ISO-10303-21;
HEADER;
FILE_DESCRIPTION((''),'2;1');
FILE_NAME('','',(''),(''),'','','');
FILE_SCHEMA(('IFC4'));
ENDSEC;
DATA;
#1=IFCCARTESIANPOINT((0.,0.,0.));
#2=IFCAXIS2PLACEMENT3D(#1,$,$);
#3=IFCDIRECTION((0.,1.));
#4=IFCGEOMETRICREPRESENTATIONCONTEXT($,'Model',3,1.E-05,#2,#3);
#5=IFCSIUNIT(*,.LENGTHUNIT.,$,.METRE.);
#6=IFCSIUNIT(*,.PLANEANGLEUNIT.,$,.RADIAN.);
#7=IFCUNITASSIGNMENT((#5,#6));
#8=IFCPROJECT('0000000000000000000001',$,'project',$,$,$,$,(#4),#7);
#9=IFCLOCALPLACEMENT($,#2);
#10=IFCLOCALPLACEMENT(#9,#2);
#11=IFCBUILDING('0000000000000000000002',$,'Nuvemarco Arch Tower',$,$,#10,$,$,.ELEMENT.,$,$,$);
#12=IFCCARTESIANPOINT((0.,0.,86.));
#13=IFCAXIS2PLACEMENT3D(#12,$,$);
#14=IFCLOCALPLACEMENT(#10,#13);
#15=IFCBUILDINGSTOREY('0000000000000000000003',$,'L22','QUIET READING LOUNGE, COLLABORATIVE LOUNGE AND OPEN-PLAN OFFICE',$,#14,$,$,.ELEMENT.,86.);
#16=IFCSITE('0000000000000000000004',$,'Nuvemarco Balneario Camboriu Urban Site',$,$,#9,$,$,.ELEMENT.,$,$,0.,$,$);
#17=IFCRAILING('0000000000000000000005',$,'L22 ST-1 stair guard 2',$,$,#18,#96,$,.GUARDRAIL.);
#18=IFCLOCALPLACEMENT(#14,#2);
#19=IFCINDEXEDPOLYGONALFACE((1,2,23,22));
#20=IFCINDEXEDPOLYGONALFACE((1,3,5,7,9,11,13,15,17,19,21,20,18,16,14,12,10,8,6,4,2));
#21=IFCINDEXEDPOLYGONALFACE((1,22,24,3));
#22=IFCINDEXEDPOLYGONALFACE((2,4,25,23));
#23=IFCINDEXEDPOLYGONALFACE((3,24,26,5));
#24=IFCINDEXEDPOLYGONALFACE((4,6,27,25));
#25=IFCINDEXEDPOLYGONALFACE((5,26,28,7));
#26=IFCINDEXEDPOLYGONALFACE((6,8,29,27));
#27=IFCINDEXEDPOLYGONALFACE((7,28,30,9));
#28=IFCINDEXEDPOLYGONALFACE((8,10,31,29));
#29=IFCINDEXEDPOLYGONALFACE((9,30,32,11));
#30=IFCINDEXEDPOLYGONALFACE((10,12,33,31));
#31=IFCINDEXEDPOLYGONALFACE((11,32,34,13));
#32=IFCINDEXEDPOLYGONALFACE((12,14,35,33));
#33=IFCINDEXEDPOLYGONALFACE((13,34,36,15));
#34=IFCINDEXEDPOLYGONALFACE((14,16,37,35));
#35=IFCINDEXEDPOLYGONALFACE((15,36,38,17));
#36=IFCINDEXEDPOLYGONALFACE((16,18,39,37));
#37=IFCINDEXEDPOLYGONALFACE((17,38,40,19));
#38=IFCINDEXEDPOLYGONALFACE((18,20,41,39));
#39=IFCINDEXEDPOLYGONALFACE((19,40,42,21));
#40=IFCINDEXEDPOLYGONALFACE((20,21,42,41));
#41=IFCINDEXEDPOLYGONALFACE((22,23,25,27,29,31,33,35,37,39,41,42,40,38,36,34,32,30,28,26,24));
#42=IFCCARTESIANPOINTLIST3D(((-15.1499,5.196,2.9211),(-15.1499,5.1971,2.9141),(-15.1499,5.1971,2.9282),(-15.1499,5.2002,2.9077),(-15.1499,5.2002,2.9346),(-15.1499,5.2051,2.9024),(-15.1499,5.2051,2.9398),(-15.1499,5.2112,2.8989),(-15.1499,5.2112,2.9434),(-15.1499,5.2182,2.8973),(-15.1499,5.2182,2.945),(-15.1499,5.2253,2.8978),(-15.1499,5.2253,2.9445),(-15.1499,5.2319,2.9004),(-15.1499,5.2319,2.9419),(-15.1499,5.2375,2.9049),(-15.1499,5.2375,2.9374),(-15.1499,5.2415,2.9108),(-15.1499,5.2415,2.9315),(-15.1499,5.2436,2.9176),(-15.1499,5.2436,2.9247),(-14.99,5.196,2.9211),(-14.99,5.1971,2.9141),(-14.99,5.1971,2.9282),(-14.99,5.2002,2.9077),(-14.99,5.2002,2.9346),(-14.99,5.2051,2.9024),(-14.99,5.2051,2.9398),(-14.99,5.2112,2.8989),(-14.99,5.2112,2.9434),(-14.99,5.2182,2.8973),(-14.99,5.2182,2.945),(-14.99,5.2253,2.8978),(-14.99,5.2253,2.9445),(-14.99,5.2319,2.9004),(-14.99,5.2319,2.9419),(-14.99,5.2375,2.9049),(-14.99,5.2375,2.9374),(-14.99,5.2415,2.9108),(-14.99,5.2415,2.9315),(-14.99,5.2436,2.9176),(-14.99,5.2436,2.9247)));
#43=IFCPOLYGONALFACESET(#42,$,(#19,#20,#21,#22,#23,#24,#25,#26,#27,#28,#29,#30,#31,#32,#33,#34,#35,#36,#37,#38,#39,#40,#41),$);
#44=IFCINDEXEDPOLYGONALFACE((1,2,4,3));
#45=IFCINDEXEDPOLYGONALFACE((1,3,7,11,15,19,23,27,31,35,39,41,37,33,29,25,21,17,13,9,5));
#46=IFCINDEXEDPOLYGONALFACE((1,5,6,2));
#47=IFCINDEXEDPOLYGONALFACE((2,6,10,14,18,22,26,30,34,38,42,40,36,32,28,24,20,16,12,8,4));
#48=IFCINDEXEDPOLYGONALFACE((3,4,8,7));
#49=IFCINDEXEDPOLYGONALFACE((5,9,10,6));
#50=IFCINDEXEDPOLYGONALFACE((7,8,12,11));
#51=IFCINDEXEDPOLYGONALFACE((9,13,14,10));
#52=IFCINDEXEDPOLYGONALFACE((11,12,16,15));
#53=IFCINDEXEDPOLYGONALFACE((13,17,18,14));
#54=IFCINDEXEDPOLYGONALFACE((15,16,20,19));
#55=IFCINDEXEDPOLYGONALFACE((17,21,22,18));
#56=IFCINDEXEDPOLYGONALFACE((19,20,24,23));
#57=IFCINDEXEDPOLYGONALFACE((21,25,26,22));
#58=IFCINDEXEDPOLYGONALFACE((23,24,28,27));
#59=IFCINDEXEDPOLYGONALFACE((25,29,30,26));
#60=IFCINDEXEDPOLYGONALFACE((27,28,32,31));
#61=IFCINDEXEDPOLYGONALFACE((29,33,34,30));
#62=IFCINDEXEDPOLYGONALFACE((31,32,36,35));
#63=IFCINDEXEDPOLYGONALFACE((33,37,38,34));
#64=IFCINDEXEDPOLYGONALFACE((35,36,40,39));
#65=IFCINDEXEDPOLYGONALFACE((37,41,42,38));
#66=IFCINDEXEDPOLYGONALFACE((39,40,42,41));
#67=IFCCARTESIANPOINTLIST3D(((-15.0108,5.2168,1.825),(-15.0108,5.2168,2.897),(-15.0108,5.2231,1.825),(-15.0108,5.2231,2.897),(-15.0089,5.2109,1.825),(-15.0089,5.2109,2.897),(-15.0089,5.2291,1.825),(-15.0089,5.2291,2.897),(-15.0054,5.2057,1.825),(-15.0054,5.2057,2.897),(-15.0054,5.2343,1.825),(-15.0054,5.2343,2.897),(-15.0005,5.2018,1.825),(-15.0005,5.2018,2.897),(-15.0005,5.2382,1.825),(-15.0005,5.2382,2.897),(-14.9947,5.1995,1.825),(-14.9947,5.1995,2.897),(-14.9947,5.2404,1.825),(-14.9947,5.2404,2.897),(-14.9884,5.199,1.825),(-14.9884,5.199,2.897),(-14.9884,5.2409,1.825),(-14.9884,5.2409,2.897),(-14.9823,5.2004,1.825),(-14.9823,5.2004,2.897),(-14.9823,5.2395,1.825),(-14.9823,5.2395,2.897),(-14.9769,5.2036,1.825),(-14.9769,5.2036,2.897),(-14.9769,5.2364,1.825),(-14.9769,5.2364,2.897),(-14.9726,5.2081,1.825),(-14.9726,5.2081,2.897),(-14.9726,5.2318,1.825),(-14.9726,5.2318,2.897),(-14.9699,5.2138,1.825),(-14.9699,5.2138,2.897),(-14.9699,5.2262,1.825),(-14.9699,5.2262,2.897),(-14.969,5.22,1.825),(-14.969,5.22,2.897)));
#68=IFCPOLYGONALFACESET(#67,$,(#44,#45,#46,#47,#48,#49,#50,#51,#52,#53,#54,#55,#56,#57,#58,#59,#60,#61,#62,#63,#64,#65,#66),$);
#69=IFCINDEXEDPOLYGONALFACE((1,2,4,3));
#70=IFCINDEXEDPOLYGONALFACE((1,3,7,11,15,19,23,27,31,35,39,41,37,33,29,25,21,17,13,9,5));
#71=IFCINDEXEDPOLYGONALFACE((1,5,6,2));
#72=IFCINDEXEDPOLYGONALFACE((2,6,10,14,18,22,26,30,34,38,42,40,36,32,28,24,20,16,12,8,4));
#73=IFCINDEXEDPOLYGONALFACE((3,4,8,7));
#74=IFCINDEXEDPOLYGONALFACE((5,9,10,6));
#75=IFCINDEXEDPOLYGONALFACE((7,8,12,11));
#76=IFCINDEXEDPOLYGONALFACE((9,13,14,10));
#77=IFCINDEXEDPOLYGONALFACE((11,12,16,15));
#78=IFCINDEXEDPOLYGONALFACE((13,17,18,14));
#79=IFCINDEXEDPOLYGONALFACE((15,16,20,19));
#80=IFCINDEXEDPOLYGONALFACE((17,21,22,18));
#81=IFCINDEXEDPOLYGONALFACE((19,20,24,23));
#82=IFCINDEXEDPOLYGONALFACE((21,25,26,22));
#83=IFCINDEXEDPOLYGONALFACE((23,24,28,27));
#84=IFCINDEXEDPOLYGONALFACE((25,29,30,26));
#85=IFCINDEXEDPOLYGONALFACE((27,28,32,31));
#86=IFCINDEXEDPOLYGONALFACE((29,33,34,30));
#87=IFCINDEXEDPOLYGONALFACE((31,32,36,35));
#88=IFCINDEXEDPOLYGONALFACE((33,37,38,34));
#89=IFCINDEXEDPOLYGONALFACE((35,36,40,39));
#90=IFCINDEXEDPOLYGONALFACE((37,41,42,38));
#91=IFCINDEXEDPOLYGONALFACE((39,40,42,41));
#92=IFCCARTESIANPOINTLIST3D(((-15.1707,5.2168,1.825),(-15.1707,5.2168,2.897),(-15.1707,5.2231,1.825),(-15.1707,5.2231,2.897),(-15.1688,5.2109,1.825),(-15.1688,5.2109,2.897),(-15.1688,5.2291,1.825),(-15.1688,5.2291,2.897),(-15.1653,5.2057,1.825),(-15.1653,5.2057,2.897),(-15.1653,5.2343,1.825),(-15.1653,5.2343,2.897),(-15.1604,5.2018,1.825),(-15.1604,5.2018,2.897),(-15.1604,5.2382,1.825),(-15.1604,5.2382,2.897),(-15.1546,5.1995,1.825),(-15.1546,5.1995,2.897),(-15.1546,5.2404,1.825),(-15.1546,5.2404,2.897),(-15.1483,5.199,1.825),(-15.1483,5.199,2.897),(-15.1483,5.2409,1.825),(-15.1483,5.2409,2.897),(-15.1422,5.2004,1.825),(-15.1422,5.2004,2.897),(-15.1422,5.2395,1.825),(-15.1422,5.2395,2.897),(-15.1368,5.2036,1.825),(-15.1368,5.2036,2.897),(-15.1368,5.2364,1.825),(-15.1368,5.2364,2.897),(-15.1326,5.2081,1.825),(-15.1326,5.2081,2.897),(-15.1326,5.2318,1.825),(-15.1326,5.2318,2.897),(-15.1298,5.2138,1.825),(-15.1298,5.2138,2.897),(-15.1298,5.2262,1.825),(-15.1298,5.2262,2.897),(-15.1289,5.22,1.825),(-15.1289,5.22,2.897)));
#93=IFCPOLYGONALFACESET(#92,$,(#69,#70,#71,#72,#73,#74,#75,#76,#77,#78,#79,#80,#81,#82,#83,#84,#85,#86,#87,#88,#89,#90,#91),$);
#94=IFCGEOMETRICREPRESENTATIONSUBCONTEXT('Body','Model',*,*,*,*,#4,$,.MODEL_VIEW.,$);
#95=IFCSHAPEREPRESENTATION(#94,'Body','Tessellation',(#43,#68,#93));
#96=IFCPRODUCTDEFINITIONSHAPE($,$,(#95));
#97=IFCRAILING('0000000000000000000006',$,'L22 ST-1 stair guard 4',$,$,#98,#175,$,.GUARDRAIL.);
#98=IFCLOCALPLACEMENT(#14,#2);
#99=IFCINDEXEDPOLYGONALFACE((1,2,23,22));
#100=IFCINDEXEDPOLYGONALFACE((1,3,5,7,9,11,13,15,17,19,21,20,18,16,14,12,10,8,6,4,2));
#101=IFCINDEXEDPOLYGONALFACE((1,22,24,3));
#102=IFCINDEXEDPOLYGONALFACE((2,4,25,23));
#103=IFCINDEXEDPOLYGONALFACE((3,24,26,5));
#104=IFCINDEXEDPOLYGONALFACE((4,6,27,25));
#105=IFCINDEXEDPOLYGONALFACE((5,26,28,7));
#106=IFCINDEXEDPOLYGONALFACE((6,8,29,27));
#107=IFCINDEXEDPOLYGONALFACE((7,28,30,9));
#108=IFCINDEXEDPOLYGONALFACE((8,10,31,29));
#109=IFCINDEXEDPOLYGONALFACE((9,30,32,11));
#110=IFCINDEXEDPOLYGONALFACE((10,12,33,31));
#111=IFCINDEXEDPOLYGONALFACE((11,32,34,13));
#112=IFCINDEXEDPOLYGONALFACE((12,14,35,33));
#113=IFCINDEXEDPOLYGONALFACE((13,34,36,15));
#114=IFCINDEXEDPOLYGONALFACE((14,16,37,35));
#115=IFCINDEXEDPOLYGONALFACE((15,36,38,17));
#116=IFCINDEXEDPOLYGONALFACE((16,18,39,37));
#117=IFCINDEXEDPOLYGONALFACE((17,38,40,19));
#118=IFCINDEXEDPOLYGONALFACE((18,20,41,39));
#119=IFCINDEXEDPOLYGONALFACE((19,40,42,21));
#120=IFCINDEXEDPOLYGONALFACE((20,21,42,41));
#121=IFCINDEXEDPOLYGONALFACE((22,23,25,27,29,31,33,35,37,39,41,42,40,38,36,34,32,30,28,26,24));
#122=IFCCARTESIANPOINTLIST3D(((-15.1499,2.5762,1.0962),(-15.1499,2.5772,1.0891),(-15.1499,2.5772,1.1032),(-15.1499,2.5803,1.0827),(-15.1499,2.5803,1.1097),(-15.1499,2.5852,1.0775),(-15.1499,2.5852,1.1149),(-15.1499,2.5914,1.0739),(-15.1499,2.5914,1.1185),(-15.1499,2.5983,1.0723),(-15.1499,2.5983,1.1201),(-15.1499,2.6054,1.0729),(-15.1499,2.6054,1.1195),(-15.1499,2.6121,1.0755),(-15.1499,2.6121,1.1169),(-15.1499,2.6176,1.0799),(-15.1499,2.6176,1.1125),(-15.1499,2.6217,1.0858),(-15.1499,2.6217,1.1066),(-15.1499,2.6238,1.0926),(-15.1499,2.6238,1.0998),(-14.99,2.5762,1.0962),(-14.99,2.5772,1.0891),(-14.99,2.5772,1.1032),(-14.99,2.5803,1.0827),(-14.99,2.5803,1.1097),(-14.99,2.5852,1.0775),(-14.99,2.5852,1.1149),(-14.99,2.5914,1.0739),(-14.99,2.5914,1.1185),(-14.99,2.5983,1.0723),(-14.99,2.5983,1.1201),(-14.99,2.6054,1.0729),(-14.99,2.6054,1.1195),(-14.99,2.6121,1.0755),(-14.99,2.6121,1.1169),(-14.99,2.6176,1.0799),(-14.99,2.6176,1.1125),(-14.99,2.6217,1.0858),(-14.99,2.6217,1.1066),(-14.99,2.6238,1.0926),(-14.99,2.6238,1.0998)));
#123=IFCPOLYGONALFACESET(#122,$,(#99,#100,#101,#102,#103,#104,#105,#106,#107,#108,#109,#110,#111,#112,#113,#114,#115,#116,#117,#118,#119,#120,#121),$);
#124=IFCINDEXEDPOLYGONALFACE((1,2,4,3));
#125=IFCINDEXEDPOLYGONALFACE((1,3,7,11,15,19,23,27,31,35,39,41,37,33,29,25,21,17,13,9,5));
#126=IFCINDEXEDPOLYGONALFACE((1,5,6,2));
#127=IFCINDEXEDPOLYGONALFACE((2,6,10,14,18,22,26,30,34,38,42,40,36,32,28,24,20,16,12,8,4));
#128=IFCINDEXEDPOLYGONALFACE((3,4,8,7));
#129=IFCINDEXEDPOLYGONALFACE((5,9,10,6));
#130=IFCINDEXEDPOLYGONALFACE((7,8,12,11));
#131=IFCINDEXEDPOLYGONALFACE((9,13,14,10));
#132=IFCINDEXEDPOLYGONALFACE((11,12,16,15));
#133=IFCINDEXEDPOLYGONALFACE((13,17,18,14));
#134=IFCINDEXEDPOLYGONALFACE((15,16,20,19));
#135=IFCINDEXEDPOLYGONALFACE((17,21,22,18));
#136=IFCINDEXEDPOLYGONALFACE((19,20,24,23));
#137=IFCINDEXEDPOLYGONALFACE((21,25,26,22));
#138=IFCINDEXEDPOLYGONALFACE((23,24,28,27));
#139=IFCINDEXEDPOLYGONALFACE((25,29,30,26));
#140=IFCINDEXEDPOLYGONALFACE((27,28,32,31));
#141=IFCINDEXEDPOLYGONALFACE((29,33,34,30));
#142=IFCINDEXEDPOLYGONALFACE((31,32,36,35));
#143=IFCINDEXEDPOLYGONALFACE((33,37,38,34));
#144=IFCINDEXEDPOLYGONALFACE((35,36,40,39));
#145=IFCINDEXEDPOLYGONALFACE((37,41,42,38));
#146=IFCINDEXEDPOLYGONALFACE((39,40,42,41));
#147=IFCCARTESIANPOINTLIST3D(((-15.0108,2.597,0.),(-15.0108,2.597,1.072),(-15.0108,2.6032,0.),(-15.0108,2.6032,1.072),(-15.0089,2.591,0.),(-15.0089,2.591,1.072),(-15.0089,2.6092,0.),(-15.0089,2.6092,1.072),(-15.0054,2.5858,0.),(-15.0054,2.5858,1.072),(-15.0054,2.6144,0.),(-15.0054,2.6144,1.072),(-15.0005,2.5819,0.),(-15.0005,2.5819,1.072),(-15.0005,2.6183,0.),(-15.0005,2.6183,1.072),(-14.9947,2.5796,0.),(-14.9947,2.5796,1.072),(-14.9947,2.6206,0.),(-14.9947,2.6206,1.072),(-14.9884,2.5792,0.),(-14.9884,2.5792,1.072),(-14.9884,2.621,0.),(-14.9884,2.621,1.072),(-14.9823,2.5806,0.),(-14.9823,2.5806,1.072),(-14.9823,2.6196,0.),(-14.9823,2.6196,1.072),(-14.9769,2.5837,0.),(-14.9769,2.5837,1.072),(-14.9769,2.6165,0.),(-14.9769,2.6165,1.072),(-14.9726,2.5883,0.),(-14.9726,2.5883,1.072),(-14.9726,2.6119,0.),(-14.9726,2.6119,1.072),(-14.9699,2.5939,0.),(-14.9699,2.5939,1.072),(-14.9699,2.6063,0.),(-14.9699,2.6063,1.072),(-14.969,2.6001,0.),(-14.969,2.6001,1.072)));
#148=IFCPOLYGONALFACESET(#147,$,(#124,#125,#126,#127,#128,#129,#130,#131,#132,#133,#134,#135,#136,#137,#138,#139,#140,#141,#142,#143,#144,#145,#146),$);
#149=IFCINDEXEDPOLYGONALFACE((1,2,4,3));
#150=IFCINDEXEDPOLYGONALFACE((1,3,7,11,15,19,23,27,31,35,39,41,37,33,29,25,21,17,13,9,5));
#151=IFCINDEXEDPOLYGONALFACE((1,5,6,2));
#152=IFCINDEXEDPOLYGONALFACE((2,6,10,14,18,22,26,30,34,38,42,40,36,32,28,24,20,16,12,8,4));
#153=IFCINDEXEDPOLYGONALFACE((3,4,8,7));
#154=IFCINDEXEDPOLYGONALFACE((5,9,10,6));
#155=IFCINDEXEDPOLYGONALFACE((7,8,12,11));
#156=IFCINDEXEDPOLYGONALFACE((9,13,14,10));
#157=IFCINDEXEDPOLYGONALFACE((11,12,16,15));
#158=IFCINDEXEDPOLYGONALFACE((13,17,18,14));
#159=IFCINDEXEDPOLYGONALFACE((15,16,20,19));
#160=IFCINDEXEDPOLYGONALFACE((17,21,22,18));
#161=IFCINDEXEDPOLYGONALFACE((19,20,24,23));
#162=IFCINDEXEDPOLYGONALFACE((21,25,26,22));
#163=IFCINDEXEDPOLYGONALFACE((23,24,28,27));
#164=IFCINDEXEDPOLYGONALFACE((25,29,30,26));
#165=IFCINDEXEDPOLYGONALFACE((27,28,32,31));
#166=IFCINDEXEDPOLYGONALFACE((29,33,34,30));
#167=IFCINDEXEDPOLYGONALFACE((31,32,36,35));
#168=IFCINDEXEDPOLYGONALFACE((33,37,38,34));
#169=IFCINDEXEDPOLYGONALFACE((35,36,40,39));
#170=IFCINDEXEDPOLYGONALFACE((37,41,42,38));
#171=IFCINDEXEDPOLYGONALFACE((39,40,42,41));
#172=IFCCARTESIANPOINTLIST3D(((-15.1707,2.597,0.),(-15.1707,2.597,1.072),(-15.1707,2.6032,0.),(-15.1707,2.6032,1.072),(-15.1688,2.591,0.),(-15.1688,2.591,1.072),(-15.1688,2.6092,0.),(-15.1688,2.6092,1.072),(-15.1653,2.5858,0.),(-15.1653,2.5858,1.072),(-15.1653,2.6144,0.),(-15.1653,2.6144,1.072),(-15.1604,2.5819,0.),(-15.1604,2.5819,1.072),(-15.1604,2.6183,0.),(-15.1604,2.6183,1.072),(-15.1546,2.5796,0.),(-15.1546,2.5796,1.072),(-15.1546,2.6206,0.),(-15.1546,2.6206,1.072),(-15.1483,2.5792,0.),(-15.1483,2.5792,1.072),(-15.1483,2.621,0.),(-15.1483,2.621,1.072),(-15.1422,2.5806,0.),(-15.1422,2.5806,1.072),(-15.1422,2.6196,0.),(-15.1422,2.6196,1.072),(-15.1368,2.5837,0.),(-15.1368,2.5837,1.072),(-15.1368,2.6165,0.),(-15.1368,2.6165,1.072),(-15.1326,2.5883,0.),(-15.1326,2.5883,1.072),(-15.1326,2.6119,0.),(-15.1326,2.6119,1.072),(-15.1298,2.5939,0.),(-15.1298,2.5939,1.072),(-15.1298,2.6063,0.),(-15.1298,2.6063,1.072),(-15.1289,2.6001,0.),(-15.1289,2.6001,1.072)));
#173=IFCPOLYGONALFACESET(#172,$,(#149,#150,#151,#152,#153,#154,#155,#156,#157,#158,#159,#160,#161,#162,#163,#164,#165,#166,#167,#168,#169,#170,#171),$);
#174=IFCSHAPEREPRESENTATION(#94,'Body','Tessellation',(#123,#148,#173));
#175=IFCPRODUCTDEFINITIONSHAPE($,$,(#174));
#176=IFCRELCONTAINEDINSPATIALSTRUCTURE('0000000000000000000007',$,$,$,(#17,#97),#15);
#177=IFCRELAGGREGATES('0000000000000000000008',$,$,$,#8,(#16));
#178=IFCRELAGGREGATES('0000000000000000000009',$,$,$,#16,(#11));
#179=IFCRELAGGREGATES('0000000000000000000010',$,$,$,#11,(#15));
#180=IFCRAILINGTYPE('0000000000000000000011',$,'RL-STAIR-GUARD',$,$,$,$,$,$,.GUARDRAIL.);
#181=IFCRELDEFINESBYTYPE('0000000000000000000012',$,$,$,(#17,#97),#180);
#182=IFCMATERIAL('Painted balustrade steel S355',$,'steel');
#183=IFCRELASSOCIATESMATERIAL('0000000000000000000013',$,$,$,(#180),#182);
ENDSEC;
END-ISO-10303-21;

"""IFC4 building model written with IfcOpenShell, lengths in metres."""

from ifc_helpers import new_model, si_unit, direction, frame, origin, origin_2d, place, context, subcontext, project, spatial, circle, extrude, material, type_object, element, save


model = new_model("IFC4")

# Units and contexts
model_context = context("Model", 3, precision=1e-05, world=origin(), true_north=direction((0.0, 1.0)))
body_context = subcontext(model_context, "Body", "Model", "MODEL_VIEW")
ifc_project = project(units=[si_unit("LENGTHUNIT", "METRE"), si_unit("PLANEANGLEUNIT", "RADIAN")], contexts=[model_context])

# Site, building, storey
site_placement = place(None, origin())
site = spatial("IfcSite", under=ifc_project, at=site_placement, Name="Nuvemarco Balneario Camboriu Urban Site", CompositionType="ELEMENT", RefElevation=0.0)
building_placement = place(site_placement, origin())
building = spatial("IfcBuilding", under=site, at=building_placement, Name="Nuvemarco Arch Tower", CompositionType="ELEMENT")
storey_placement = place(building_placement, frame((0.0, 0.0, 86.0)))
storey = spatial("IfcBuildingStorey", under=building, at=storey_placement, Name="L22", Description="QUIET READING LOUNGE, COLLABORATIVE LOUNGE AND OPEN-PLAN OFFICE", CompositionType="ELEMENT", Elevation=86.0)

# Railings
ifc_material_1 = material(Name="Painted balustrade steel S355", Category="steel")
railing_type_1 = type_object("IfcRailingType", Name="RL-STAIR-GUARD", PredefinedType="GUARDRAIL", material=ifc_material_1)
for number, where, name in (
    (1, (-14.99, 5.22, 1.825), "L22 ST-1 stair guard 2"),
    (2, (-14.99, 2.6001, 0.0), "L22 ST-1 stair guard 4"),
):
    element("IfcRailing", number, at=place(storey_placement, frame(where)), inside=storey, type_object=railing_type_1, Name=name, PredefinedType="GUARDRAIL", context=body_context, shape_type="SweptSolid", body=[
        extrude(circle(Radius=0.0239, at=origin_2d()), frame((0.0, 0.0, 1.0962), z_axis=(-1.0, 0.0, 0.0), x_axis=(0.0, -1.0, 0.0)), (0.0, 0.0, 1.0), 0.1599),
        extrude(circle(Radius=0.021, at=origin_2d()), origin(), (0.0, 0.0, 1.0), 1.072),
        extrude(circle(Radius=0.021, at=origin_2d()), frame((-0.1599, 0.0, 0.0)), (0.0, 0.0, 1.0), 1.072),
    ])

save(model, "model.ifc")
